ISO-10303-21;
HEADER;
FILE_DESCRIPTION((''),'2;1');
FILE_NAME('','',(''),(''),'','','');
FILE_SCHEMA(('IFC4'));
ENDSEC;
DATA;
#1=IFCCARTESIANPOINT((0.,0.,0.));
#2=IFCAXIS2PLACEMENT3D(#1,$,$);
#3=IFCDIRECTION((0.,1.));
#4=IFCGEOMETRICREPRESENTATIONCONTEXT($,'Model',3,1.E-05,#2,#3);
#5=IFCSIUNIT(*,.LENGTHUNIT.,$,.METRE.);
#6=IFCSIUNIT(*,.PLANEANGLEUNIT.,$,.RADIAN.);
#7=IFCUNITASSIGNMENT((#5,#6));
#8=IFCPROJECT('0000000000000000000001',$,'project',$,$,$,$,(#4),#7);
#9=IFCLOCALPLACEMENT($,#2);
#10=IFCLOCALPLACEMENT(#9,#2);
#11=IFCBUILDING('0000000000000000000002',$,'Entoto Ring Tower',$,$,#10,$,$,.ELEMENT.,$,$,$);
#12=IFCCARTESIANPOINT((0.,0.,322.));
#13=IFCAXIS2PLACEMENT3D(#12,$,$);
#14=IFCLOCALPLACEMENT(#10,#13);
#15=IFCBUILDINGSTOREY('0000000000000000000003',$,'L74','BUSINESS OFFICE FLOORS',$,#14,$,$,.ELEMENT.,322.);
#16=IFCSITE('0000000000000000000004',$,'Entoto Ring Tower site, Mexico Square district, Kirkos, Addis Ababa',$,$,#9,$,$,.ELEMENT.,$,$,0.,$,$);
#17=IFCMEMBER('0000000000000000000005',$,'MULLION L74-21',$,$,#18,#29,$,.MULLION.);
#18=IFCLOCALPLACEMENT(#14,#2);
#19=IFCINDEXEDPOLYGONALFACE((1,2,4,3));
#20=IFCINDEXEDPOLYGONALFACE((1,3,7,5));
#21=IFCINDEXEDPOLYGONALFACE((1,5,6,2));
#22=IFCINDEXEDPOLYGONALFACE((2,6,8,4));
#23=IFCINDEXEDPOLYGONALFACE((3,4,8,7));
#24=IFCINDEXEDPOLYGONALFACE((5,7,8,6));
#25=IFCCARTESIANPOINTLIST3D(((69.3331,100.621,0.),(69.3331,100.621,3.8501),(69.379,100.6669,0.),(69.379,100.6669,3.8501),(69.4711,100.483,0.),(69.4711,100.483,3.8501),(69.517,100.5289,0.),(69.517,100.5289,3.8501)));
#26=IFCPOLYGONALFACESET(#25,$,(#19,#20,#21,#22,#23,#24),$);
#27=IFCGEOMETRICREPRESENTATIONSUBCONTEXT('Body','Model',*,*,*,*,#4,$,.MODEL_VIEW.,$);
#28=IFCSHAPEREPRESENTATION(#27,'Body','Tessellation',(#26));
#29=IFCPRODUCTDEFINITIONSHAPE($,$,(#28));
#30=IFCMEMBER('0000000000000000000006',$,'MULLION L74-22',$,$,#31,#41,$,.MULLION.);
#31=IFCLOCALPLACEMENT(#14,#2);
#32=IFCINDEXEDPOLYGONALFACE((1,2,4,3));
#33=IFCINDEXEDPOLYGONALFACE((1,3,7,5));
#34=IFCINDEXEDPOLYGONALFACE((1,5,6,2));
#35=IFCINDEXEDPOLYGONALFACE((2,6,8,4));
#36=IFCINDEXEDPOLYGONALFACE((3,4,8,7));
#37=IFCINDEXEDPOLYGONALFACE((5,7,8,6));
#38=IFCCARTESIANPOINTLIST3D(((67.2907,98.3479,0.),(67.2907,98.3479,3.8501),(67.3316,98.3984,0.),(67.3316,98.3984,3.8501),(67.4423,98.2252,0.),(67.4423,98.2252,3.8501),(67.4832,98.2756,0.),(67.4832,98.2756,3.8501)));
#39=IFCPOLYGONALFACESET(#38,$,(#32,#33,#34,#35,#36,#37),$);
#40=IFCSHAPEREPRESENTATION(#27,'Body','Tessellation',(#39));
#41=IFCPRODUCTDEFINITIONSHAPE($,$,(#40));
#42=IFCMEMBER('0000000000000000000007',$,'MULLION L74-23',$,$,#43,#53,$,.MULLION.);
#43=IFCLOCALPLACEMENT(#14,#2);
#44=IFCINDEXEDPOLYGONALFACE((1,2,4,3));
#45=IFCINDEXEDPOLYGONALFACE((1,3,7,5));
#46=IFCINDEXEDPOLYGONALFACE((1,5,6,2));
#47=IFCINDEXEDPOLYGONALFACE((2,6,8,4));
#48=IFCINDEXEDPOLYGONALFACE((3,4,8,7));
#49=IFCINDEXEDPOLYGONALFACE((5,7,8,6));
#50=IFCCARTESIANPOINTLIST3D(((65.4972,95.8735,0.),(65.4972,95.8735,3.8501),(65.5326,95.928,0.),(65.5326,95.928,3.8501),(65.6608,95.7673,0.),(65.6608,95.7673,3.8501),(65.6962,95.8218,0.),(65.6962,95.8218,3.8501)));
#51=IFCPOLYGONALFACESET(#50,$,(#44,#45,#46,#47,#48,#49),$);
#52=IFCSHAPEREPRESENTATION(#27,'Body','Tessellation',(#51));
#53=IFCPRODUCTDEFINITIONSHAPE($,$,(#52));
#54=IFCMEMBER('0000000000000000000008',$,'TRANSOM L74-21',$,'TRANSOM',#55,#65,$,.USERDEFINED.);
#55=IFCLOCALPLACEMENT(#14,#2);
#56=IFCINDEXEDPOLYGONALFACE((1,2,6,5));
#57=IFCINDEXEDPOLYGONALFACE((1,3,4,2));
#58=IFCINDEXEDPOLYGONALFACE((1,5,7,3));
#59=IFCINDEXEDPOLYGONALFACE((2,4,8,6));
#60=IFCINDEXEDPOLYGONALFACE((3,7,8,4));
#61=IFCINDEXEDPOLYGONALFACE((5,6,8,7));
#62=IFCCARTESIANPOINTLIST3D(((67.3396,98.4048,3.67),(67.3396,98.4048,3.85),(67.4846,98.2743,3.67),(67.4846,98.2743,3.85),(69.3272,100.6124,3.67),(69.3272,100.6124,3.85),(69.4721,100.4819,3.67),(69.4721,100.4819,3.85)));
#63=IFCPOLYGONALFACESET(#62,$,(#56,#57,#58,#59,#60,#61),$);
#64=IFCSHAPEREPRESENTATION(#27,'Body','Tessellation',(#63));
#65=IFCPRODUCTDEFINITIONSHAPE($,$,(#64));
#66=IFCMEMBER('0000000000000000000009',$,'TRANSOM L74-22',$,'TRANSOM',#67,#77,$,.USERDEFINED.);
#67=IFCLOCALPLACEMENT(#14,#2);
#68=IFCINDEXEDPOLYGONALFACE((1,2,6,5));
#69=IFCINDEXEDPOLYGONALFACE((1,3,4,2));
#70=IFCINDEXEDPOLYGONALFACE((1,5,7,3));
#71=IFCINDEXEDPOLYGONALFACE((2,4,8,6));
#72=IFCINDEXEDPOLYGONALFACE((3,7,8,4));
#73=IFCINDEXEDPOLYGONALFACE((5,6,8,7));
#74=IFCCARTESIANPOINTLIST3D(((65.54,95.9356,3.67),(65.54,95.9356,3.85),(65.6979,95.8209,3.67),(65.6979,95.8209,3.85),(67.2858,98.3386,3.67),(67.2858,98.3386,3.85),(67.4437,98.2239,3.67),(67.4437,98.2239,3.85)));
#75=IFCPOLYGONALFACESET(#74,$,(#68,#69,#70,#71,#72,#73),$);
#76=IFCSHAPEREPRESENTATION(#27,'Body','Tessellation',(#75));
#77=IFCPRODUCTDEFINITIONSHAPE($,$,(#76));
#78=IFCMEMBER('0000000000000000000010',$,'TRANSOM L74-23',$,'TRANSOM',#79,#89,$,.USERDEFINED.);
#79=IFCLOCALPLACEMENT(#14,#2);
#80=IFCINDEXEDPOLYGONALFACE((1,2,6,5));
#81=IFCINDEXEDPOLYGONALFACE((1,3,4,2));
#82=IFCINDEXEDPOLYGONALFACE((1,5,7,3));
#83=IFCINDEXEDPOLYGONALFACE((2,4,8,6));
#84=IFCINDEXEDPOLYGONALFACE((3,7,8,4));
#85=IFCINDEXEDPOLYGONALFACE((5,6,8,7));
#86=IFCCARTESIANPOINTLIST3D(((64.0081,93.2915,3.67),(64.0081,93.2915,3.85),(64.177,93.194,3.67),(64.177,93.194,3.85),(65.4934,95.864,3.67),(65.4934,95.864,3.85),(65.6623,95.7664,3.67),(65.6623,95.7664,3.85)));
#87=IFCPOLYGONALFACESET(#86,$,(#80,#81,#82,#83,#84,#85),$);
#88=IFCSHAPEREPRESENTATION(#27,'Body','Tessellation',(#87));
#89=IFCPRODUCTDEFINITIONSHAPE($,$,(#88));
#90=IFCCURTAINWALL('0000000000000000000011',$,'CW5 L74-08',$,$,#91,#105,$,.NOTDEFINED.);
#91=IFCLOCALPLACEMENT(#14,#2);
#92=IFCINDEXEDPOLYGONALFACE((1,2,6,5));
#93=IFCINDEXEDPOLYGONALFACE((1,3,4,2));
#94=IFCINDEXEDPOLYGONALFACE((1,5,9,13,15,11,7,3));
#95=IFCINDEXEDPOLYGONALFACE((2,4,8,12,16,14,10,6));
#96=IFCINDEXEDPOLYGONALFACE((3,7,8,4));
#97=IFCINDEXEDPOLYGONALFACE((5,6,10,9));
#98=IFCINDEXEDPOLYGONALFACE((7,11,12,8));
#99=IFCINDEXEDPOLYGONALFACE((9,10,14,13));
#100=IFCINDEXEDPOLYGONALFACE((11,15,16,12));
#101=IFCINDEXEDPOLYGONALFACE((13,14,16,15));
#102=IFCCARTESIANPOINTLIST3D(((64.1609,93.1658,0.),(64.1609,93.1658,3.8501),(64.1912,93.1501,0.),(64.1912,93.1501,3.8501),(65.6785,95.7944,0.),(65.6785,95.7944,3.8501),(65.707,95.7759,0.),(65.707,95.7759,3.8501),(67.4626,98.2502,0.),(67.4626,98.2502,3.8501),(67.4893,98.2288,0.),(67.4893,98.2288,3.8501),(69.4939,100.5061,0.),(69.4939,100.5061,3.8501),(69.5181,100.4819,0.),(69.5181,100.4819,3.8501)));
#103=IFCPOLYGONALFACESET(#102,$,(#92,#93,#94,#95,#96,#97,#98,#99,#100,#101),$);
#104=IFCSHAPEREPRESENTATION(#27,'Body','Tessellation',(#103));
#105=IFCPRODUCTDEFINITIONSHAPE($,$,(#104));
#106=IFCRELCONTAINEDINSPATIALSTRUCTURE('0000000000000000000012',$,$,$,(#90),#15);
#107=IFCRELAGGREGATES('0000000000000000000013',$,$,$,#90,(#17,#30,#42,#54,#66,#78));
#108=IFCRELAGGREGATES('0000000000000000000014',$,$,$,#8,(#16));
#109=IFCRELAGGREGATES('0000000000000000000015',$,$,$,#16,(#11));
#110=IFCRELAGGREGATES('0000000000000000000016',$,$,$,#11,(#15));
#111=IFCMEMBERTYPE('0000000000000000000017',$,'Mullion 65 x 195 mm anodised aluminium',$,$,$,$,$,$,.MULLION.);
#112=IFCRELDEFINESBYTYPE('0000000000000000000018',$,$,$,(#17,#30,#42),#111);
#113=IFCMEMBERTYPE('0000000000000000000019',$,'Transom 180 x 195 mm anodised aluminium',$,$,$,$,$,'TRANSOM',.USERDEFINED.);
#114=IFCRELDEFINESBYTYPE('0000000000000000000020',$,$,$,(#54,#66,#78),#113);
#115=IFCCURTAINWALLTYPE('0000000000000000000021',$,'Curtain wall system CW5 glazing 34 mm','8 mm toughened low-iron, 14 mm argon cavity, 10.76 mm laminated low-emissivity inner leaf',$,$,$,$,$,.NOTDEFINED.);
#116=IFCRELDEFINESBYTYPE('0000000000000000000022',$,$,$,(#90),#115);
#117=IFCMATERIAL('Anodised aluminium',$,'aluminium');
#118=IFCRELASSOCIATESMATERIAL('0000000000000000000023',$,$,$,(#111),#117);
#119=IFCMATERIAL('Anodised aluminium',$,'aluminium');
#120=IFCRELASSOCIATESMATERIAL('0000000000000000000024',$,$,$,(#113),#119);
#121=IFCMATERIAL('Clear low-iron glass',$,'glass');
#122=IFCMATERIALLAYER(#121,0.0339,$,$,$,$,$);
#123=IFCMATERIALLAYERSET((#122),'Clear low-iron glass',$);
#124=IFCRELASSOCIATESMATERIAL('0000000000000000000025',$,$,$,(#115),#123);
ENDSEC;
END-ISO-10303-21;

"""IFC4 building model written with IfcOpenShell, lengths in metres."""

from ifc_helpers import new_model, si_unit, direction, frame, origin, origin_2d, place, context, subcontext, project, spatial, polyline, rectangle, outline, extrude, material, layer, layer_set, material_profile, profile_set, type_object, element, aggregate, save


model = new_model("IFC4")

# Units and contexts
model_context = context("Model", 3, precision=1e-05, world=origin(), true_north=direction((0.0, 1.0)))
body_context = subcontext(model_context, "Body", "Model", "MODEL_VIEW")
ifc_project = project(units=[si_unit("LENGTHUNIT", "METRE"), si_unit("PLANEANGLEUNIT", "RADIAN")], contexts=[model_context])

# Members
ifc_material_1 = material(Name="Anodised aluminium", Category="aluminium")
ifc_material_profile_1 = material_profile(ifc_material_1, rectangle(XDim=0.0649, YDim=0.1951, at=origin_2d()), Name="Mullion 65 x 195 mm anodised aluminium")
ifc_profile_set_1 = profile_set([ifc_material_profile_1], Name="Anodised aluminium")
member_type_1 = type_object("IfcMemberType", Name="Mullion 65 x 195 mm anodised aluminium", PredefinedType="MULLION", material=ifc_profile_set_1)
site_placement = place(None, origin())
building_placement = place(site_placement, origin())
storey_placement = place(building_placement, frame((0.0, 0.0, 322.0)))
member_1_placement = place(storey_placement, frame((69.425, 100.575, 0.0), z_axis=(0.0, 0.0, 1.0), x_axis=(-0.707107, -0.707107, 0.0)))
member_1 = element("IfcMember", 1, at=member_1_placement, type_object=member_type_1, Name="MULLION L74-21", PredefinedType="MULLION", context=body_context, shape_type="SweptSolid", body=[
    extrude(rectangle(XDim=0.0649, YDim=0.1951, at=origin_2d()), origin(), (0.0, 0.0, 1.0), 3.8501),
])
member_2_placement = place(storey_placement, frame((67.387, 98.3118, 0.0), z_axis=(0.0, 0.0, 1.0), x_axis=(-0.62932, -0.777146, 0.0)))
member_2 = element("IfcMember", 2, at=member_2_placement, type_object=member_type_1, Name="MULLION L74-22", PredefinedType="MULLION", context=body_context, shape_type="SweptSolid", body=[
    extrude(rectangle(XDim=0.0649, YDim=0.1951, at=origin_2d()), origin(), (0.0, 0.0, 1.0), 3.8501),
])
member_3_placement = place(storey_placement, frame((65.5967, 95.8477, 0.0), z_axis=(0.0, 0.0, 1.0), x_axis=(-0.544639, -0.838671, 0.0)))
member_3 = element("IfcMember", 3, at=member_3_placement, type_object=member_type_1, Name="MULLION L74-23", PredefinedType="MULLION", context=body_context, shape_type="SweptSolid", body=[
    extrude(rectangle(XDim=0.0649, YDim=0.1951, at=origin_2d()), origin(), (0.0, 0.0, 1.0), 3.8501),
])
ifc_material_2 = material(Name="Anodised aluminium", Category="aluminium")
ifc_material_profile_2 = material_profile(ifc_material_2, rectangle(XDim=0.1951, YDim=0.1799, at=origin_2d()), Name="Transom 180 x 195 mm anodised aluminium")
ifc_profile_set_2 = profile_set([ifc_material_profile_2], Name="Anodised aluminium")
member_type_2 = type_object("IfcMemberType", Name="Transom 180 x 195 mm anodised aluminium", ElementType="TRANSOM", PredefinedType="USERDEFINED", material=ifc_profile_set_2)
member_4_placement = place(storey_placement, frame((69.3997, 100.5471, 3.76), z_axis=(-0.66911, -0.743163, 0.0), x_axis=(0.743163, -0.66911, 0.0)))
member_4 = element("IfcMember", 4, at=member_4_placement, type_object=member_type_2, Name="TRANSOM L74-21", ObjectType="TRANSOM", PredefinedType="USERDEFINED", context=body_context, shape_type="SweptSolid", body=[
    extrude(rectangle(XDim=0.1951, YDim=0.1799, at=origin_2d()), origin(), (0.0, 0.0, 1.0), 2.9705),
])
member_5_placement = place(storey_placement, frame((67.3647, 98.2812, 3.76), z_axis=(-0.587766, -0.809031, 0.0), x_axis=(0.809031, -0.587766, 0.0)))
member_5 = element("IfcMember", 5, at=member_5_placement, type_object=member_type_2, Name="TRANSOM L74-22", ObjectType="TRANSOM", PredefinedType="USERDEFINED", context=body_context, shape_type="SweptSolid", body=[
    extrude(rectangle(XDim=0.1951, YDim=0.1799, at=origin_2d()), origin(), (0.0, 0.0, 1.0), 2.9702),
])
member_6_placement = place(storey_placement, frame((65.5779, 95.8152, 3.76), z_axis=(-0.500028, -0.866009, 0.0), x_axis=(0.866009, -0.500028, 0.0)))
member_6 = element("IfcMember", 6, at=member_6_placement, type_object=member_type_2, Name="TRANSOM L74-23", ObjectType="TRANSOM", PredefinedType="USERDEFINED", context=body_context, shape_type="SweptSolid", body=[
    extrude(rectangle(XDim=0.1951, YDim=0.1799, at=origin_2d()), origin(), (0.0, 0.0, 1.0), 2.9705),
])

# Site, building, storey
site = spatial("IfcSite", under=ifc_project, at=site_placement, Name="Entoto Ring Tower site, Mexico Square district, Kirkos, Addis Ababa", CompositionType="ELEMENT", RefElevation=0.0)
building = spatial("IfcBuilding", under=site, at=building_placement, Name="Entoto Ring Tower", CompositionType="ELEMENT")
storey = spatial("IfcBuildingStorey", under=building, at=storey_placement, Name="L74", Description="BUSINESS OFFICE FLOORS", CompositionType="ELEMENT", Elevation=322.0)

# Curtain wall
ifc_material_3 = material(Name="Clear low-iron glass", Category="glass")
ifc_layer = layer(ifc_material_3, 0.0339)
ifc_layer_set = layer_set([ifc_layer], Name="Clear low-iron glass")
curtain_wall_type = type_object("IfcCurtainWallType", Name="Curtain wall system CW5 glazing 34 mm", Description="8 mm toughened low-iron, 14 mm argon cavity, 10.76 mm laminated low-emissivity inner leaf", PredefinedType="NOTDEFINED", material=ifc_layer_set)
curtain_wall_1_placement = place(storey_placement, origin())
curtain_wall_1 = element("IfcCurtainWall", 7, at=curtain_wall_1_placement, inside=storey, type_object=curtain_wall_type, Name="CW5 L74-08", PredefinedType="NOTDEFINED", context=body_context, shape_type="SweptSolid", body=[
    extrude(outline(polyline([(69.4939, 100.5061), (67.4626, 98.2502), (65.6785, 95.7944), (64.1609, 93.1658), (64.1912, 93.1501), (65.707, 95.7759), (67.4893, 98.2288), (69.5181, 100.4819), (69.4939, 100.5061)])), origin(), (0.0, 0.0, 1.0), 3.8501),
])
aggregate(curtain_wall_1, [member_1, member_2, member_3, member_4, member_5, member_6])

save(model, "model.ifc")
